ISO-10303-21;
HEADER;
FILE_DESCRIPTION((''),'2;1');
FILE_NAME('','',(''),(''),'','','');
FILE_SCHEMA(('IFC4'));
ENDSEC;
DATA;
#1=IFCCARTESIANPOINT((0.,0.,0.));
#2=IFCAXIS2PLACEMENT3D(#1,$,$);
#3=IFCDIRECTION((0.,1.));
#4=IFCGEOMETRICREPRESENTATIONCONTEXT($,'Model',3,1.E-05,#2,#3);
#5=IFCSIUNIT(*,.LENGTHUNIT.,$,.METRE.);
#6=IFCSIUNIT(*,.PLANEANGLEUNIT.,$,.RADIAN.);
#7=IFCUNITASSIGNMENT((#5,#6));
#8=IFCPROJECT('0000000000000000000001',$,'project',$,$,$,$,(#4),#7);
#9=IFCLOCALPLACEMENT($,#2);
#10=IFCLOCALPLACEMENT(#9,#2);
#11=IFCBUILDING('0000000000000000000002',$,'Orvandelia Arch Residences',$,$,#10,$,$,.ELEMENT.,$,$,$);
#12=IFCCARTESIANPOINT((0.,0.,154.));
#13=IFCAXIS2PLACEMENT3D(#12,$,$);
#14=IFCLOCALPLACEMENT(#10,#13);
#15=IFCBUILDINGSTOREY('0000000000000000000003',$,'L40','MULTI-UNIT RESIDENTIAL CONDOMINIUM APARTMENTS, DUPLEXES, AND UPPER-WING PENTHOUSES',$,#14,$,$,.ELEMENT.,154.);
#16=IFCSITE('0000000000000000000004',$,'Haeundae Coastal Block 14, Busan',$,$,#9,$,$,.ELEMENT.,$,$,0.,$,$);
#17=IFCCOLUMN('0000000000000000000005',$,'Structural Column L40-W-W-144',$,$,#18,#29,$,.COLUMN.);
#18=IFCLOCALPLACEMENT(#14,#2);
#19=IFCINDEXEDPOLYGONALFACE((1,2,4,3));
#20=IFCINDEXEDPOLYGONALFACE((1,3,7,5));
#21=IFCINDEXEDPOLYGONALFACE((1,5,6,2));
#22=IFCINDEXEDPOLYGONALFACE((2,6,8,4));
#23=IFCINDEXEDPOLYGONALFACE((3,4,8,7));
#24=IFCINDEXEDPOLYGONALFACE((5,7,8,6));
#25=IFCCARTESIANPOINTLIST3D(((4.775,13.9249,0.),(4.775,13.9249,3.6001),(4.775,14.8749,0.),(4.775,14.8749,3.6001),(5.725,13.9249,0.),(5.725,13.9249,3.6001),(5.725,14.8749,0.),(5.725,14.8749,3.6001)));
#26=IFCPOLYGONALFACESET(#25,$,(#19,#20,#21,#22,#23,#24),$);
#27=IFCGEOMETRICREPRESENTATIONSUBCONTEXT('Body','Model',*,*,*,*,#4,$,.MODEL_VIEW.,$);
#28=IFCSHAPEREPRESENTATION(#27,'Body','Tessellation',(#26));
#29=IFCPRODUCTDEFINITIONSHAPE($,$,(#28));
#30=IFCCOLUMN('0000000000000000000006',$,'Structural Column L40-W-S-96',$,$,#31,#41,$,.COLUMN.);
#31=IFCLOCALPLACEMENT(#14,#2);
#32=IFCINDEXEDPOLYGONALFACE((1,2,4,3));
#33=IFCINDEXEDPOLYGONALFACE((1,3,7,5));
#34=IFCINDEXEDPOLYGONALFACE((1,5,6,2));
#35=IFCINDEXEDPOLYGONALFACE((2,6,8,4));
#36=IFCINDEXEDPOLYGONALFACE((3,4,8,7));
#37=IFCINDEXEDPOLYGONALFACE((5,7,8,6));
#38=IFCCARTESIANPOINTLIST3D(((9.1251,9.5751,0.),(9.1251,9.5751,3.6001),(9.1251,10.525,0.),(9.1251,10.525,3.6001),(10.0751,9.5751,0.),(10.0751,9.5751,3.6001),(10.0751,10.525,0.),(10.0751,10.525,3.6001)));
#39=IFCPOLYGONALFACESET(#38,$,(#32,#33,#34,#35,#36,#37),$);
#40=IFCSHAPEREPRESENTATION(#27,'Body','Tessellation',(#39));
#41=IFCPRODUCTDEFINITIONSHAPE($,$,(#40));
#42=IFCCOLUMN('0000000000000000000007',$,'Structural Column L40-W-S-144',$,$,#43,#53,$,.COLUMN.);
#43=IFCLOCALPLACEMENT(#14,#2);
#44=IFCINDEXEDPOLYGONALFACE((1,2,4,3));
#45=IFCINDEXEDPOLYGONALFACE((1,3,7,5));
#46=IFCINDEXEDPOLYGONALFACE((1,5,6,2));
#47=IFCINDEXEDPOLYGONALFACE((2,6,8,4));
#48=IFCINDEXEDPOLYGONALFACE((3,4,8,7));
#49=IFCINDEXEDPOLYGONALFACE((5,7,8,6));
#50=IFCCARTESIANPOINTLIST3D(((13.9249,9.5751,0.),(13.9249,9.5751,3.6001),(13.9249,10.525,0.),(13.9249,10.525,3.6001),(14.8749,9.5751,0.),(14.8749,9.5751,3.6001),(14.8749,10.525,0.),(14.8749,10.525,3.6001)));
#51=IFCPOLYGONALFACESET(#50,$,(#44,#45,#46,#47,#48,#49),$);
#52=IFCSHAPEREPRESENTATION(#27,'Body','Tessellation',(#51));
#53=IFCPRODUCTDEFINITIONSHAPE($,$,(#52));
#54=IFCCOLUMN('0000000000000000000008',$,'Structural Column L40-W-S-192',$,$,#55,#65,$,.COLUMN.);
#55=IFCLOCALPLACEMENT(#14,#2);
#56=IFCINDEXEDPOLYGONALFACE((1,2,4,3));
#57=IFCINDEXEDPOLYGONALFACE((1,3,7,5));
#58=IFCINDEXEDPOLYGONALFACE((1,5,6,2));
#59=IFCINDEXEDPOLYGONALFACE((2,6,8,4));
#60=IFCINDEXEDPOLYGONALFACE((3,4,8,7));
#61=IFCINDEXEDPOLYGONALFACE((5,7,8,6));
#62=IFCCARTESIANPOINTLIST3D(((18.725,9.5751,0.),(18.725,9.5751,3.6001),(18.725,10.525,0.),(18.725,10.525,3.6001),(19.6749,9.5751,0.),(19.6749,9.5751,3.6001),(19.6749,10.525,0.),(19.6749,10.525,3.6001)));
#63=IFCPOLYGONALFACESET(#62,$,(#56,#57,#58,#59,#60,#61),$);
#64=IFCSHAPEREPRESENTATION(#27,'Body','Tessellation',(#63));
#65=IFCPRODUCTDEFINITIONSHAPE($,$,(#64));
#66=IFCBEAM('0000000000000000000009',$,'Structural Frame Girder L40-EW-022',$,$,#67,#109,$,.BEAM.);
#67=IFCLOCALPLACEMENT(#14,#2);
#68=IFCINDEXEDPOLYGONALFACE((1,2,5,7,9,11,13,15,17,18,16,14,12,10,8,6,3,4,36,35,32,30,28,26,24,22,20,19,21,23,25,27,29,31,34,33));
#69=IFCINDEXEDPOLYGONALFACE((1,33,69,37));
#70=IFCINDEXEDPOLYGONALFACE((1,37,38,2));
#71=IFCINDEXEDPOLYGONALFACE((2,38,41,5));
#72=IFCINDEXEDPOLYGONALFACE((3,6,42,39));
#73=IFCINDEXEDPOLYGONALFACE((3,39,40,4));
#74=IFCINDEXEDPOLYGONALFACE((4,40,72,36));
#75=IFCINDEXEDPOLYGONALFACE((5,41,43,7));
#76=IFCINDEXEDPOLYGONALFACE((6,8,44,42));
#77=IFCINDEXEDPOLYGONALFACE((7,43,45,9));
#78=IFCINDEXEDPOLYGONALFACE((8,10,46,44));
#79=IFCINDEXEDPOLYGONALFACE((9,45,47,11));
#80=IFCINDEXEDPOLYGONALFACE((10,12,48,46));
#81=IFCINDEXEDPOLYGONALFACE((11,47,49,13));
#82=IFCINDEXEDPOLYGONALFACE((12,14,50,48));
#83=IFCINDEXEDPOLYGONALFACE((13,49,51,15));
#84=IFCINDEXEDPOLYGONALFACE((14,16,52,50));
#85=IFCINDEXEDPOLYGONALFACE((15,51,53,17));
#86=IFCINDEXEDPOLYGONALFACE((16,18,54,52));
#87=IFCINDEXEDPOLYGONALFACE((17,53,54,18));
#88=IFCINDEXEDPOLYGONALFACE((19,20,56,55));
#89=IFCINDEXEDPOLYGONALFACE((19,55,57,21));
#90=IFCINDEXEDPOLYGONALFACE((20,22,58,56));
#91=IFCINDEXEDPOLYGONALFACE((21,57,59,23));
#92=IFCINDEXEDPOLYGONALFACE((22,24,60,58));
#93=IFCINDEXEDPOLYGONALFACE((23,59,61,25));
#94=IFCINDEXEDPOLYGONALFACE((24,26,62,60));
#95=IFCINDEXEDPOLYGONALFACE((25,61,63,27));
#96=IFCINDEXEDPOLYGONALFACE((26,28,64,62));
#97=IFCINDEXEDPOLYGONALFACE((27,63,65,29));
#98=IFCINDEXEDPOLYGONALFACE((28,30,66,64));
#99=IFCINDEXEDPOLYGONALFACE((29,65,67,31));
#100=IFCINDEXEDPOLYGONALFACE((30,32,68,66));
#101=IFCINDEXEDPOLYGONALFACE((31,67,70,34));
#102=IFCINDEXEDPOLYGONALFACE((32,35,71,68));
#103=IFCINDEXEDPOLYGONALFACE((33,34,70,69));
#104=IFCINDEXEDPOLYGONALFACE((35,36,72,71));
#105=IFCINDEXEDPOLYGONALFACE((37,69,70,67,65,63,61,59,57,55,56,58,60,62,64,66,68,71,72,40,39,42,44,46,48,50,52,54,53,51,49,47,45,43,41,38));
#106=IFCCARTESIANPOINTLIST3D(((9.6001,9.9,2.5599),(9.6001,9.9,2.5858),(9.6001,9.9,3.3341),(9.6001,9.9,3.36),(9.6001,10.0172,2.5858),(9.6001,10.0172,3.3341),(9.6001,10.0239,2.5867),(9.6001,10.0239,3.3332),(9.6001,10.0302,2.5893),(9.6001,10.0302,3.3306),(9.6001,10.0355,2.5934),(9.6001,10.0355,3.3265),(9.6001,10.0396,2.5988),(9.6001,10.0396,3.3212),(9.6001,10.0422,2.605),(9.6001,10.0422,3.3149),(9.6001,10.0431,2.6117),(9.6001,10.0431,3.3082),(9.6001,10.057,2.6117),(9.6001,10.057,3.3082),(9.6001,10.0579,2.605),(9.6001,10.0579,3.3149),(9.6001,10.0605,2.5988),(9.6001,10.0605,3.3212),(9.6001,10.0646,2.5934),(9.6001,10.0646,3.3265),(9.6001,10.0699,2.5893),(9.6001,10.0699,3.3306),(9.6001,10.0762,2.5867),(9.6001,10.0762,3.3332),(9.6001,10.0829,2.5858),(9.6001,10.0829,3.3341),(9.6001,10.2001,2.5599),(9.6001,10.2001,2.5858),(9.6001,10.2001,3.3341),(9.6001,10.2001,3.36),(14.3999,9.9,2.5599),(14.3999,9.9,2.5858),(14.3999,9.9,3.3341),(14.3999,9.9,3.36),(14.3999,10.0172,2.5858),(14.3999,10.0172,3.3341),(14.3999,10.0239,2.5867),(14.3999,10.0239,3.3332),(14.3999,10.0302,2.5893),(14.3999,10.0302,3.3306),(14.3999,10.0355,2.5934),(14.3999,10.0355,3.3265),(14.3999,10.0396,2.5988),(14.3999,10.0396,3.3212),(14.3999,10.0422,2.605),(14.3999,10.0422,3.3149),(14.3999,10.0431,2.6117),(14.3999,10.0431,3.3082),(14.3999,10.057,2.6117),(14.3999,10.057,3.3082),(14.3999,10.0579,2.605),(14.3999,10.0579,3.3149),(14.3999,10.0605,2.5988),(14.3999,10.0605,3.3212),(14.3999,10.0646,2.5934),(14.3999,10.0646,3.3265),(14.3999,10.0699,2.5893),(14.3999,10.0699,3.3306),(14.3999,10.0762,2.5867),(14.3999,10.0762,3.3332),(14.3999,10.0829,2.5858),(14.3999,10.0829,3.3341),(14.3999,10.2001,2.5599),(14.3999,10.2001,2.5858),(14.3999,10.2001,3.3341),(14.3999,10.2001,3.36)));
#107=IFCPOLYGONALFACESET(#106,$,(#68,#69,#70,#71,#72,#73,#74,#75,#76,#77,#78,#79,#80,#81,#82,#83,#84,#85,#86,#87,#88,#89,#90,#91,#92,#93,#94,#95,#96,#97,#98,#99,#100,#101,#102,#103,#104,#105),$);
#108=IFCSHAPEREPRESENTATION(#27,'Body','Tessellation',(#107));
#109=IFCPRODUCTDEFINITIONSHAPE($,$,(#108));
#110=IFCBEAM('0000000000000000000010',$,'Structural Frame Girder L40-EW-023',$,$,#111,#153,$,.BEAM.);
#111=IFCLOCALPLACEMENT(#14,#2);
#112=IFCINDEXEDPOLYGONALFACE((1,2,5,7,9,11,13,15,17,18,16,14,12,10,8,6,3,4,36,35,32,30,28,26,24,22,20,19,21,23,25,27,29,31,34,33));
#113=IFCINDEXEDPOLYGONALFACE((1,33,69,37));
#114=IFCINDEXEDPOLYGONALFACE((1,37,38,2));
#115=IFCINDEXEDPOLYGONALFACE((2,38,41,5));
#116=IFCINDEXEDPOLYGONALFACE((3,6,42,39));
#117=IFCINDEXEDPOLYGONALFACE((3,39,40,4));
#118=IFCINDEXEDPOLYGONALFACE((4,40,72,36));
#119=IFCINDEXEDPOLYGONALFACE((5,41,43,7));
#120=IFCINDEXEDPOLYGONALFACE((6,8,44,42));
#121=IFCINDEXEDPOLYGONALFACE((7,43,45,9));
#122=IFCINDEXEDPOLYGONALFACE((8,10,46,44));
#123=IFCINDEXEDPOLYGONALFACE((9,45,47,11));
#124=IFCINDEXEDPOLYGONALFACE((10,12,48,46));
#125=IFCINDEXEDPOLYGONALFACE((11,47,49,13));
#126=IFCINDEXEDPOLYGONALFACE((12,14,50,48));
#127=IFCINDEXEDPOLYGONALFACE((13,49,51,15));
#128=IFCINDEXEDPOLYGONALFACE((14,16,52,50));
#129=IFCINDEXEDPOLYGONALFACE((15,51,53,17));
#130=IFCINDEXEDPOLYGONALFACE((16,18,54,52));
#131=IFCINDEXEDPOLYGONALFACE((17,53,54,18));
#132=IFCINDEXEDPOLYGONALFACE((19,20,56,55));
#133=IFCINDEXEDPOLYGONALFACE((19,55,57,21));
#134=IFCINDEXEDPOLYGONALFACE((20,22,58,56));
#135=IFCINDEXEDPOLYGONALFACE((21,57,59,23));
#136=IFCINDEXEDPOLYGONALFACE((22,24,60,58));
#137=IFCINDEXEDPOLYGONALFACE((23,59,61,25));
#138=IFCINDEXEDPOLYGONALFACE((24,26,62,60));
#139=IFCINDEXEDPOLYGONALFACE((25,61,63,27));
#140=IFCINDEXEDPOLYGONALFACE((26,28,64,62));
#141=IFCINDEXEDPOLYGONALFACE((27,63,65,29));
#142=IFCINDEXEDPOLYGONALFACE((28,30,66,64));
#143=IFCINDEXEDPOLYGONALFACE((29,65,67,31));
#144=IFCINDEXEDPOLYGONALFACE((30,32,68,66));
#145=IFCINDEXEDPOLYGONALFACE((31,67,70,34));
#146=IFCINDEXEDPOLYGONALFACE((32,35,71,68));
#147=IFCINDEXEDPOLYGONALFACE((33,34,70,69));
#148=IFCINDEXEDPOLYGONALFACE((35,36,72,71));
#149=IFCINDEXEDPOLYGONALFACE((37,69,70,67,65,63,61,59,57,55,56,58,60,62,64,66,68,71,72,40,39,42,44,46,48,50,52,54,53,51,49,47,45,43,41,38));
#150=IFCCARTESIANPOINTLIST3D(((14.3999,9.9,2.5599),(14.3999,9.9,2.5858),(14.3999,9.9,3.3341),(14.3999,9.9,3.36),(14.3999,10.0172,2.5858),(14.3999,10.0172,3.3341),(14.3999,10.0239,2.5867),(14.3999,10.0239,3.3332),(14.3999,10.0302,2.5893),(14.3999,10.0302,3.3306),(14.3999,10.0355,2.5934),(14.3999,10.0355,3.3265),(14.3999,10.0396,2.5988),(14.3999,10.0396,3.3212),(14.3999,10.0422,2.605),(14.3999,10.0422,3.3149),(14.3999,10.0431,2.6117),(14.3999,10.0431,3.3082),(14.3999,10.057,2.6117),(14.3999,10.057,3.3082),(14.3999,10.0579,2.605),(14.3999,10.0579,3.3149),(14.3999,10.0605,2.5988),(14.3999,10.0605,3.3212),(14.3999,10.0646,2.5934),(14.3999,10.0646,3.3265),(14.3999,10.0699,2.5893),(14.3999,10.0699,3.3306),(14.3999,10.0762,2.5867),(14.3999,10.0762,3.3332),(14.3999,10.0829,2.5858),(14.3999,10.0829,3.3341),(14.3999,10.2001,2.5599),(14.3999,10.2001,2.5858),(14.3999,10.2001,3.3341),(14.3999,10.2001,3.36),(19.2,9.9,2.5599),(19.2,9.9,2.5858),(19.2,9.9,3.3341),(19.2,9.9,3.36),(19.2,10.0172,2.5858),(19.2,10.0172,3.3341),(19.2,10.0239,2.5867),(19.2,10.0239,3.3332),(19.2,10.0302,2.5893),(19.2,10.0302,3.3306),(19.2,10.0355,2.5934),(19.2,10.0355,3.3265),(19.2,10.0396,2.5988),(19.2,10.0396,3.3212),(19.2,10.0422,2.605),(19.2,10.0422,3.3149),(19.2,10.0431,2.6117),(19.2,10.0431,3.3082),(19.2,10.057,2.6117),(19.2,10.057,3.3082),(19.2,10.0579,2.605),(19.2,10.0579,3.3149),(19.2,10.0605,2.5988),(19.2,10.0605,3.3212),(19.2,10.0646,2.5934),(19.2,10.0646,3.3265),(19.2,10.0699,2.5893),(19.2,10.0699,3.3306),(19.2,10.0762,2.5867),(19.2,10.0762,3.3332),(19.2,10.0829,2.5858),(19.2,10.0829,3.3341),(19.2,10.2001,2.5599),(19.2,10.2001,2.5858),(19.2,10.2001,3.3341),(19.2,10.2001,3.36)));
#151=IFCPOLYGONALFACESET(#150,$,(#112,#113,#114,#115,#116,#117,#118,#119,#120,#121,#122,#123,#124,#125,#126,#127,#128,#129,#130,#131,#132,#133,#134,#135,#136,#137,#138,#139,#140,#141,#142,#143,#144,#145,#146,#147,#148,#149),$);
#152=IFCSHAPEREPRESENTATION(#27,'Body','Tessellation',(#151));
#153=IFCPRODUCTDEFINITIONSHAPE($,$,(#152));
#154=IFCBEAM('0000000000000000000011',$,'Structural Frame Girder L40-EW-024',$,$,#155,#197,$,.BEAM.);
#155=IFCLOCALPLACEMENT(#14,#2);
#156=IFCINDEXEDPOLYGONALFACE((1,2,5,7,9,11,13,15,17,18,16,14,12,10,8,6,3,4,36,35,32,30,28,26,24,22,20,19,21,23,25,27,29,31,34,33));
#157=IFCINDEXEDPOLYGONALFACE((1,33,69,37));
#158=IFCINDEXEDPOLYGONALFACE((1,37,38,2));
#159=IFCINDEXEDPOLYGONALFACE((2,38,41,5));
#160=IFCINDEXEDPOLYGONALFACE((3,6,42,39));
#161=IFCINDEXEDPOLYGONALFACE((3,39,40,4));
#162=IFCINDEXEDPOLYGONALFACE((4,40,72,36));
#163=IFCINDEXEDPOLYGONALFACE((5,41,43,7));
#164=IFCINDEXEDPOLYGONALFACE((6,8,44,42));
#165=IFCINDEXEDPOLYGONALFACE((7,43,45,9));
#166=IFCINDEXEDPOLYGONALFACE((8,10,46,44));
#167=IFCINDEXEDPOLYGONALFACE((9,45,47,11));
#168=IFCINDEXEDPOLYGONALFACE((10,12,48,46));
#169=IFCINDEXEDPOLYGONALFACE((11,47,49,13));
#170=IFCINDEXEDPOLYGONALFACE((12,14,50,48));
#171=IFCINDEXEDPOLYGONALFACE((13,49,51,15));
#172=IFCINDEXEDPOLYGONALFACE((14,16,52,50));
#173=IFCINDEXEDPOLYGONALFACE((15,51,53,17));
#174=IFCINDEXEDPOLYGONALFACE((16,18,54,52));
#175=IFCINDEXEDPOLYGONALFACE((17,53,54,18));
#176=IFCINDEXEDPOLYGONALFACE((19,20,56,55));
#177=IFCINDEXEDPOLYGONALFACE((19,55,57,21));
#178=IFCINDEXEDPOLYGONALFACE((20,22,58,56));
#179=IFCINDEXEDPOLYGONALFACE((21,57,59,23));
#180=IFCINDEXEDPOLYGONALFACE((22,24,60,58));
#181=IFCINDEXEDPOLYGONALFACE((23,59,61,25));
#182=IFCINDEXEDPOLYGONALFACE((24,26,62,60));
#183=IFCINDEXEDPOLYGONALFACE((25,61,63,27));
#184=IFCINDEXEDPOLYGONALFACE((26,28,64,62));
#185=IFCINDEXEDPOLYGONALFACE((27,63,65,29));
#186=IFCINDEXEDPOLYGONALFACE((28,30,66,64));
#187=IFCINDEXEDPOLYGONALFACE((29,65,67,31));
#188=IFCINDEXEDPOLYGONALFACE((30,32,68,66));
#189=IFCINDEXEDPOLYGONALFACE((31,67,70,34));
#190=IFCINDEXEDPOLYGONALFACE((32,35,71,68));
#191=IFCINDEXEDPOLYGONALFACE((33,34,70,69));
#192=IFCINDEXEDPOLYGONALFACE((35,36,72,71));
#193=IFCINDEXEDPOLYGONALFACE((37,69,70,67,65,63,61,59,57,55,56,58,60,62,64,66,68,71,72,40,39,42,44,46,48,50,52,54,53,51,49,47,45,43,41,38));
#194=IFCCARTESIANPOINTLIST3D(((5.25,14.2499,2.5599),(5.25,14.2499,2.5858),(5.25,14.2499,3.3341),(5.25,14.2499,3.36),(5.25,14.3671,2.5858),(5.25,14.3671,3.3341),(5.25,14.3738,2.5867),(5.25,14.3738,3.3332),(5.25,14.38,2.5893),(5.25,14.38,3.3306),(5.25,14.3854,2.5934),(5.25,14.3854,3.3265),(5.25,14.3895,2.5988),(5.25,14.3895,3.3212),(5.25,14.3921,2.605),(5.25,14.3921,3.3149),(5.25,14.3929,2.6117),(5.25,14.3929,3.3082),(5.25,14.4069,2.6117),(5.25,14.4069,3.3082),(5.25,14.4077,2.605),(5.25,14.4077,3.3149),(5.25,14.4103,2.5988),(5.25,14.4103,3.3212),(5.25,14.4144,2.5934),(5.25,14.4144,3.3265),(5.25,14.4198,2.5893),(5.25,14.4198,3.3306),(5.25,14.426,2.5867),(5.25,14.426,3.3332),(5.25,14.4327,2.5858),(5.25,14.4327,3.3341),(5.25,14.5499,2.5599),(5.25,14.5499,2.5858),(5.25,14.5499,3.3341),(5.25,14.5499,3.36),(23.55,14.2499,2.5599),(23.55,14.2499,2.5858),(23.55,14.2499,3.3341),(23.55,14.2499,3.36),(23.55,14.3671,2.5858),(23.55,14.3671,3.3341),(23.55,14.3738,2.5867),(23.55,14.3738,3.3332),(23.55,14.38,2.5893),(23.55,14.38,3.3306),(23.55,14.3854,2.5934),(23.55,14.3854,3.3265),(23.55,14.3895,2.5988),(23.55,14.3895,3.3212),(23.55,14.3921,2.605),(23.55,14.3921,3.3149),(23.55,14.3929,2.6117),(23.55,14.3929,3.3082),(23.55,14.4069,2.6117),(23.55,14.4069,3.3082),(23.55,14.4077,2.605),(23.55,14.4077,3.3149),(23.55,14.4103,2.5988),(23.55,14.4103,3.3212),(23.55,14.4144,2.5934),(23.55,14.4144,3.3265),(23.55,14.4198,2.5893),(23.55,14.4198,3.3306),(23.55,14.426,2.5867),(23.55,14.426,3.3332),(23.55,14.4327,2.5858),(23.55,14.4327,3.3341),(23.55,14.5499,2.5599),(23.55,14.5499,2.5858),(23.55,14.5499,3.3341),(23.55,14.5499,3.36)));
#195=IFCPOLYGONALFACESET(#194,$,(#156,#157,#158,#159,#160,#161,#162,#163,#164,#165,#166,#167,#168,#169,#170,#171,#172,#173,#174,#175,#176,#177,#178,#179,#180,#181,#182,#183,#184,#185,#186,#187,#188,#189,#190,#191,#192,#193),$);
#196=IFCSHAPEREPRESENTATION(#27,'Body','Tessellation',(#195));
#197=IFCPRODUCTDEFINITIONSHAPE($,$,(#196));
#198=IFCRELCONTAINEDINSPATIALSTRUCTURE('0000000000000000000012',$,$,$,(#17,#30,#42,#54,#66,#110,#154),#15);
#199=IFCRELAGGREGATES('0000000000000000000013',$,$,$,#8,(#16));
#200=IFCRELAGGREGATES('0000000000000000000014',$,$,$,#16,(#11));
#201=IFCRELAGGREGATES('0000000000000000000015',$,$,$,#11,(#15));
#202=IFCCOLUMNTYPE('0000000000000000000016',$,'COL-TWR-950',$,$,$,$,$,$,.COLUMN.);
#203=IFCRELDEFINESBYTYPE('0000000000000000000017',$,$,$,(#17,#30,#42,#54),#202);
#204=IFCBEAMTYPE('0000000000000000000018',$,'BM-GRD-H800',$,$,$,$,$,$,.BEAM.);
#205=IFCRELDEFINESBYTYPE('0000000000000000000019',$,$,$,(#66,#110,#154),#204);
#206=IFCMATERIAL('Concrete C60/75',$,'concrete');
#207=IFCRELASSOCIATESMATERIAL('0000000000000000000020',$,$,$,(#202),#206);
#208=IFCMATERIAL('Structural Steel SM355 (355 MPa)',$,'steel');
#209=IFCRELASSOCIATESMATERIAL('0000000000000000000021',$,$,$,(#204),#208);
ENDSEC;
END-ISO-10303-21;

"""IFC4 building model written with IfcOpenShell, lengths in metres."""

from ifc_helpers import new_model, si_unit, direction, frame, origin, origin_2d, place, context, subcontext, project, spatial, rectangle, i_section, extrude, material, material_profile, profile_set, type_object, element, save


model = new_model("IFC4")

# Units and contexts
model_context = context("Model", 3, precision=1e-05, world=origin(), true_north=direction((0.0, 1.0)))
body_context = subcontext(model_context, "Body", "Model", "MODEL_VIEW")
ifc_project = project(units=[si_unit("LENGTHUNIT", "METRE"), si_unit("PLANEANGLEUNIT", "RADIAN")], contexts=[model_context])

# Site, building, storey
site_placement = place(None, origin())
site = spatial("IfcSite", under=ifc_project, at=site_placement, Name="Haeundae Coastal Block 14, Busan", CompositionType="ELEMENT", RefElevation=0.0)
building_placement = place(site_placement, origin())
building = spatial("IfcBuilding", under=site, at=building_placement, Name="Orvandelia Arch Residences", CompositionType="ELEMENT")
storey_placement = place(building_placement, frame((0.0, 0.0, 154.0)))
storey = spatial("IfcBuildingStorey", under=building, at=storey_placement, Name="L40", Description="MULTI-UNIT RESIDENTIAL CONDOMINIUM APARTMENTS, DUPLEXES, AND UPPER-WING PENTHOUSES", CompositionType="ELEMENT", Elevation=154.0)

# Columns
ifc_material_1 = material(Name="Concrete C60/75", Category="concrete")
ifc_material_profile_1 = material_profile(ifc_material_1, rectangle(XDim=0.95, YDim=0.95, at=origin_2d()), Name="Concrete C60/75", Category="concrete")
ifc_profile_set_1 = profile_set([ifc_material_profile_1], Name="Concrete C60/75")
column_type = type_object("IfcColumnType", Name="COL-TWR-950", PredefinedType="COLUMN", material=ifc_profile_set_1)
for number, where, z_axis, x_axis, name in (
    (1, (5.25, 14.3999, 0.0), (0.0, 0.0, 1.0), (1.0, 0.0, 0.0), "Structural Column L40-W-W-144"),
    (2, (9.6001, 10.05, 0.0), (0.0, 0.0, 1.0), (1.0, 0.0, 0.0), "Structural Column L40-W-S-96"),
    (3, (14.3999, 10.05, 0.0), (0.0, 0.0, 1.0), (1.0, 0.0, 0.0), "Structural Column L40-W-S-144"),
    (4, (19.2, 10.05, 0.0), (0.0, 0.0, 1.0), (1.0, 0.0, 0.0), "Structural Column L40-W-S-192"),
):
    element("IfcColumn", number, at=place(storey_placement, frame(where, z_axis=z_axis, x_axis=x_axis)), inside=storey, type_object=column_type, Name=name, PredefinedType="COLUMN", context=body_context, shape_type="SweptSolid", body=[
        extrude(rectangle(XDim=0.95, YDim=0.95, at=origin_2d()), origin(), (0.0, 0.0, 1.0), 3.6001),
    ])

# Beams
ifc_material_2 = material(Name="Structural Steel SM355 (355 MPa)", Category="steel")
ifc_material_profile_2 = material_profile(ifc_material_2, i_section(OverallWidth=0.3, OverallDepth=0.8, WebThickness=0.0139, FlangeThickness=0.0259, FilletRadius=0.0259, at=origin_2d()), Name="Structural Steel SM355 (355 MPa)", Category="steel")
ifc_profile_set_2 = profile_set([ifc_material_profile_2], Name="Structural Steel SM355 (355 MPa)")
beam_type_1 = type_object("IfcBeamType", Name="BM-GRD-H800", PredefinedType="BEAM", material=ifc_profile_set_2)
beam_1_placement = place(storey_placement, frame((9.6001, 10.05, 2.96), z_axis=(1.0, 0.0, 0.0), x_axis=(0.0, 1.0, 0.0)))
element("IfcBeam", 5, at=beam_1_placement, inside=storey, type_object=beam_type_1, Name="Structural Frame Girder L40-EW-022", PredefinedType="BEAM", context=body_context, shape_type="SweptSolid", body=[
    extrude(i_section(OverallWidth=0.3, OverallDepth=0.8, WebThickness=0.0139, FlangeThickness=0.0259, FilletRadius=0.0259, at=origin_2d()), origin(), (0.0, 0.0, 1.0), 4.7998),
])
beam_2_placement = place(storey_placement, frame((14.3999, 10.05, 2.96), z_axis=(1.0, 0.0, 0.0), x_axis=(0.0, 1.0, 0.0)))
element("IfcBeam", 6, at=beam_2_placement, inside=storey, type_object=beam_type_1, Name="Structural Frame Girder L40-EW-023", PredefinedType="BEAM", context=body_context, shape_type="SweptSolid", body=[
    extrude(i_section(OverallWidth=0.3, OverallDepth=0.8, WebThickness=0.0139, FlangeThickness=0.0259, FilletRadius=0.0259, at=origin_2d()), origin(), (0.0, 0.0, 1.0), 4.8),
])
beam_3_placement = place(storey_placement, frame((5.25, 14.3999, 2.96), z_axis=(1.0, 0.0, 0.0), x_axis=(0.0, 1.0, 0.0)))
element("IfcBeam", 7, at=beam_3_placement, inside=storey, type_object=beam_type_1, Name="Structural Frame Girder L40-EW-024", PredefinedType="BEAM", context=body_context, shape_type="SweptSolid", body=[
    extrude(i_section(OverallWidth=0.3, OverallDepth=0.8, WebThickness=0.0139, FlangeThickness=0.0259, FilletRadius=0.0259, at=origin_2d()), origin(), (0.0, 0.0, 1.0), 18.3),
])

save(model, "model.ifc")
